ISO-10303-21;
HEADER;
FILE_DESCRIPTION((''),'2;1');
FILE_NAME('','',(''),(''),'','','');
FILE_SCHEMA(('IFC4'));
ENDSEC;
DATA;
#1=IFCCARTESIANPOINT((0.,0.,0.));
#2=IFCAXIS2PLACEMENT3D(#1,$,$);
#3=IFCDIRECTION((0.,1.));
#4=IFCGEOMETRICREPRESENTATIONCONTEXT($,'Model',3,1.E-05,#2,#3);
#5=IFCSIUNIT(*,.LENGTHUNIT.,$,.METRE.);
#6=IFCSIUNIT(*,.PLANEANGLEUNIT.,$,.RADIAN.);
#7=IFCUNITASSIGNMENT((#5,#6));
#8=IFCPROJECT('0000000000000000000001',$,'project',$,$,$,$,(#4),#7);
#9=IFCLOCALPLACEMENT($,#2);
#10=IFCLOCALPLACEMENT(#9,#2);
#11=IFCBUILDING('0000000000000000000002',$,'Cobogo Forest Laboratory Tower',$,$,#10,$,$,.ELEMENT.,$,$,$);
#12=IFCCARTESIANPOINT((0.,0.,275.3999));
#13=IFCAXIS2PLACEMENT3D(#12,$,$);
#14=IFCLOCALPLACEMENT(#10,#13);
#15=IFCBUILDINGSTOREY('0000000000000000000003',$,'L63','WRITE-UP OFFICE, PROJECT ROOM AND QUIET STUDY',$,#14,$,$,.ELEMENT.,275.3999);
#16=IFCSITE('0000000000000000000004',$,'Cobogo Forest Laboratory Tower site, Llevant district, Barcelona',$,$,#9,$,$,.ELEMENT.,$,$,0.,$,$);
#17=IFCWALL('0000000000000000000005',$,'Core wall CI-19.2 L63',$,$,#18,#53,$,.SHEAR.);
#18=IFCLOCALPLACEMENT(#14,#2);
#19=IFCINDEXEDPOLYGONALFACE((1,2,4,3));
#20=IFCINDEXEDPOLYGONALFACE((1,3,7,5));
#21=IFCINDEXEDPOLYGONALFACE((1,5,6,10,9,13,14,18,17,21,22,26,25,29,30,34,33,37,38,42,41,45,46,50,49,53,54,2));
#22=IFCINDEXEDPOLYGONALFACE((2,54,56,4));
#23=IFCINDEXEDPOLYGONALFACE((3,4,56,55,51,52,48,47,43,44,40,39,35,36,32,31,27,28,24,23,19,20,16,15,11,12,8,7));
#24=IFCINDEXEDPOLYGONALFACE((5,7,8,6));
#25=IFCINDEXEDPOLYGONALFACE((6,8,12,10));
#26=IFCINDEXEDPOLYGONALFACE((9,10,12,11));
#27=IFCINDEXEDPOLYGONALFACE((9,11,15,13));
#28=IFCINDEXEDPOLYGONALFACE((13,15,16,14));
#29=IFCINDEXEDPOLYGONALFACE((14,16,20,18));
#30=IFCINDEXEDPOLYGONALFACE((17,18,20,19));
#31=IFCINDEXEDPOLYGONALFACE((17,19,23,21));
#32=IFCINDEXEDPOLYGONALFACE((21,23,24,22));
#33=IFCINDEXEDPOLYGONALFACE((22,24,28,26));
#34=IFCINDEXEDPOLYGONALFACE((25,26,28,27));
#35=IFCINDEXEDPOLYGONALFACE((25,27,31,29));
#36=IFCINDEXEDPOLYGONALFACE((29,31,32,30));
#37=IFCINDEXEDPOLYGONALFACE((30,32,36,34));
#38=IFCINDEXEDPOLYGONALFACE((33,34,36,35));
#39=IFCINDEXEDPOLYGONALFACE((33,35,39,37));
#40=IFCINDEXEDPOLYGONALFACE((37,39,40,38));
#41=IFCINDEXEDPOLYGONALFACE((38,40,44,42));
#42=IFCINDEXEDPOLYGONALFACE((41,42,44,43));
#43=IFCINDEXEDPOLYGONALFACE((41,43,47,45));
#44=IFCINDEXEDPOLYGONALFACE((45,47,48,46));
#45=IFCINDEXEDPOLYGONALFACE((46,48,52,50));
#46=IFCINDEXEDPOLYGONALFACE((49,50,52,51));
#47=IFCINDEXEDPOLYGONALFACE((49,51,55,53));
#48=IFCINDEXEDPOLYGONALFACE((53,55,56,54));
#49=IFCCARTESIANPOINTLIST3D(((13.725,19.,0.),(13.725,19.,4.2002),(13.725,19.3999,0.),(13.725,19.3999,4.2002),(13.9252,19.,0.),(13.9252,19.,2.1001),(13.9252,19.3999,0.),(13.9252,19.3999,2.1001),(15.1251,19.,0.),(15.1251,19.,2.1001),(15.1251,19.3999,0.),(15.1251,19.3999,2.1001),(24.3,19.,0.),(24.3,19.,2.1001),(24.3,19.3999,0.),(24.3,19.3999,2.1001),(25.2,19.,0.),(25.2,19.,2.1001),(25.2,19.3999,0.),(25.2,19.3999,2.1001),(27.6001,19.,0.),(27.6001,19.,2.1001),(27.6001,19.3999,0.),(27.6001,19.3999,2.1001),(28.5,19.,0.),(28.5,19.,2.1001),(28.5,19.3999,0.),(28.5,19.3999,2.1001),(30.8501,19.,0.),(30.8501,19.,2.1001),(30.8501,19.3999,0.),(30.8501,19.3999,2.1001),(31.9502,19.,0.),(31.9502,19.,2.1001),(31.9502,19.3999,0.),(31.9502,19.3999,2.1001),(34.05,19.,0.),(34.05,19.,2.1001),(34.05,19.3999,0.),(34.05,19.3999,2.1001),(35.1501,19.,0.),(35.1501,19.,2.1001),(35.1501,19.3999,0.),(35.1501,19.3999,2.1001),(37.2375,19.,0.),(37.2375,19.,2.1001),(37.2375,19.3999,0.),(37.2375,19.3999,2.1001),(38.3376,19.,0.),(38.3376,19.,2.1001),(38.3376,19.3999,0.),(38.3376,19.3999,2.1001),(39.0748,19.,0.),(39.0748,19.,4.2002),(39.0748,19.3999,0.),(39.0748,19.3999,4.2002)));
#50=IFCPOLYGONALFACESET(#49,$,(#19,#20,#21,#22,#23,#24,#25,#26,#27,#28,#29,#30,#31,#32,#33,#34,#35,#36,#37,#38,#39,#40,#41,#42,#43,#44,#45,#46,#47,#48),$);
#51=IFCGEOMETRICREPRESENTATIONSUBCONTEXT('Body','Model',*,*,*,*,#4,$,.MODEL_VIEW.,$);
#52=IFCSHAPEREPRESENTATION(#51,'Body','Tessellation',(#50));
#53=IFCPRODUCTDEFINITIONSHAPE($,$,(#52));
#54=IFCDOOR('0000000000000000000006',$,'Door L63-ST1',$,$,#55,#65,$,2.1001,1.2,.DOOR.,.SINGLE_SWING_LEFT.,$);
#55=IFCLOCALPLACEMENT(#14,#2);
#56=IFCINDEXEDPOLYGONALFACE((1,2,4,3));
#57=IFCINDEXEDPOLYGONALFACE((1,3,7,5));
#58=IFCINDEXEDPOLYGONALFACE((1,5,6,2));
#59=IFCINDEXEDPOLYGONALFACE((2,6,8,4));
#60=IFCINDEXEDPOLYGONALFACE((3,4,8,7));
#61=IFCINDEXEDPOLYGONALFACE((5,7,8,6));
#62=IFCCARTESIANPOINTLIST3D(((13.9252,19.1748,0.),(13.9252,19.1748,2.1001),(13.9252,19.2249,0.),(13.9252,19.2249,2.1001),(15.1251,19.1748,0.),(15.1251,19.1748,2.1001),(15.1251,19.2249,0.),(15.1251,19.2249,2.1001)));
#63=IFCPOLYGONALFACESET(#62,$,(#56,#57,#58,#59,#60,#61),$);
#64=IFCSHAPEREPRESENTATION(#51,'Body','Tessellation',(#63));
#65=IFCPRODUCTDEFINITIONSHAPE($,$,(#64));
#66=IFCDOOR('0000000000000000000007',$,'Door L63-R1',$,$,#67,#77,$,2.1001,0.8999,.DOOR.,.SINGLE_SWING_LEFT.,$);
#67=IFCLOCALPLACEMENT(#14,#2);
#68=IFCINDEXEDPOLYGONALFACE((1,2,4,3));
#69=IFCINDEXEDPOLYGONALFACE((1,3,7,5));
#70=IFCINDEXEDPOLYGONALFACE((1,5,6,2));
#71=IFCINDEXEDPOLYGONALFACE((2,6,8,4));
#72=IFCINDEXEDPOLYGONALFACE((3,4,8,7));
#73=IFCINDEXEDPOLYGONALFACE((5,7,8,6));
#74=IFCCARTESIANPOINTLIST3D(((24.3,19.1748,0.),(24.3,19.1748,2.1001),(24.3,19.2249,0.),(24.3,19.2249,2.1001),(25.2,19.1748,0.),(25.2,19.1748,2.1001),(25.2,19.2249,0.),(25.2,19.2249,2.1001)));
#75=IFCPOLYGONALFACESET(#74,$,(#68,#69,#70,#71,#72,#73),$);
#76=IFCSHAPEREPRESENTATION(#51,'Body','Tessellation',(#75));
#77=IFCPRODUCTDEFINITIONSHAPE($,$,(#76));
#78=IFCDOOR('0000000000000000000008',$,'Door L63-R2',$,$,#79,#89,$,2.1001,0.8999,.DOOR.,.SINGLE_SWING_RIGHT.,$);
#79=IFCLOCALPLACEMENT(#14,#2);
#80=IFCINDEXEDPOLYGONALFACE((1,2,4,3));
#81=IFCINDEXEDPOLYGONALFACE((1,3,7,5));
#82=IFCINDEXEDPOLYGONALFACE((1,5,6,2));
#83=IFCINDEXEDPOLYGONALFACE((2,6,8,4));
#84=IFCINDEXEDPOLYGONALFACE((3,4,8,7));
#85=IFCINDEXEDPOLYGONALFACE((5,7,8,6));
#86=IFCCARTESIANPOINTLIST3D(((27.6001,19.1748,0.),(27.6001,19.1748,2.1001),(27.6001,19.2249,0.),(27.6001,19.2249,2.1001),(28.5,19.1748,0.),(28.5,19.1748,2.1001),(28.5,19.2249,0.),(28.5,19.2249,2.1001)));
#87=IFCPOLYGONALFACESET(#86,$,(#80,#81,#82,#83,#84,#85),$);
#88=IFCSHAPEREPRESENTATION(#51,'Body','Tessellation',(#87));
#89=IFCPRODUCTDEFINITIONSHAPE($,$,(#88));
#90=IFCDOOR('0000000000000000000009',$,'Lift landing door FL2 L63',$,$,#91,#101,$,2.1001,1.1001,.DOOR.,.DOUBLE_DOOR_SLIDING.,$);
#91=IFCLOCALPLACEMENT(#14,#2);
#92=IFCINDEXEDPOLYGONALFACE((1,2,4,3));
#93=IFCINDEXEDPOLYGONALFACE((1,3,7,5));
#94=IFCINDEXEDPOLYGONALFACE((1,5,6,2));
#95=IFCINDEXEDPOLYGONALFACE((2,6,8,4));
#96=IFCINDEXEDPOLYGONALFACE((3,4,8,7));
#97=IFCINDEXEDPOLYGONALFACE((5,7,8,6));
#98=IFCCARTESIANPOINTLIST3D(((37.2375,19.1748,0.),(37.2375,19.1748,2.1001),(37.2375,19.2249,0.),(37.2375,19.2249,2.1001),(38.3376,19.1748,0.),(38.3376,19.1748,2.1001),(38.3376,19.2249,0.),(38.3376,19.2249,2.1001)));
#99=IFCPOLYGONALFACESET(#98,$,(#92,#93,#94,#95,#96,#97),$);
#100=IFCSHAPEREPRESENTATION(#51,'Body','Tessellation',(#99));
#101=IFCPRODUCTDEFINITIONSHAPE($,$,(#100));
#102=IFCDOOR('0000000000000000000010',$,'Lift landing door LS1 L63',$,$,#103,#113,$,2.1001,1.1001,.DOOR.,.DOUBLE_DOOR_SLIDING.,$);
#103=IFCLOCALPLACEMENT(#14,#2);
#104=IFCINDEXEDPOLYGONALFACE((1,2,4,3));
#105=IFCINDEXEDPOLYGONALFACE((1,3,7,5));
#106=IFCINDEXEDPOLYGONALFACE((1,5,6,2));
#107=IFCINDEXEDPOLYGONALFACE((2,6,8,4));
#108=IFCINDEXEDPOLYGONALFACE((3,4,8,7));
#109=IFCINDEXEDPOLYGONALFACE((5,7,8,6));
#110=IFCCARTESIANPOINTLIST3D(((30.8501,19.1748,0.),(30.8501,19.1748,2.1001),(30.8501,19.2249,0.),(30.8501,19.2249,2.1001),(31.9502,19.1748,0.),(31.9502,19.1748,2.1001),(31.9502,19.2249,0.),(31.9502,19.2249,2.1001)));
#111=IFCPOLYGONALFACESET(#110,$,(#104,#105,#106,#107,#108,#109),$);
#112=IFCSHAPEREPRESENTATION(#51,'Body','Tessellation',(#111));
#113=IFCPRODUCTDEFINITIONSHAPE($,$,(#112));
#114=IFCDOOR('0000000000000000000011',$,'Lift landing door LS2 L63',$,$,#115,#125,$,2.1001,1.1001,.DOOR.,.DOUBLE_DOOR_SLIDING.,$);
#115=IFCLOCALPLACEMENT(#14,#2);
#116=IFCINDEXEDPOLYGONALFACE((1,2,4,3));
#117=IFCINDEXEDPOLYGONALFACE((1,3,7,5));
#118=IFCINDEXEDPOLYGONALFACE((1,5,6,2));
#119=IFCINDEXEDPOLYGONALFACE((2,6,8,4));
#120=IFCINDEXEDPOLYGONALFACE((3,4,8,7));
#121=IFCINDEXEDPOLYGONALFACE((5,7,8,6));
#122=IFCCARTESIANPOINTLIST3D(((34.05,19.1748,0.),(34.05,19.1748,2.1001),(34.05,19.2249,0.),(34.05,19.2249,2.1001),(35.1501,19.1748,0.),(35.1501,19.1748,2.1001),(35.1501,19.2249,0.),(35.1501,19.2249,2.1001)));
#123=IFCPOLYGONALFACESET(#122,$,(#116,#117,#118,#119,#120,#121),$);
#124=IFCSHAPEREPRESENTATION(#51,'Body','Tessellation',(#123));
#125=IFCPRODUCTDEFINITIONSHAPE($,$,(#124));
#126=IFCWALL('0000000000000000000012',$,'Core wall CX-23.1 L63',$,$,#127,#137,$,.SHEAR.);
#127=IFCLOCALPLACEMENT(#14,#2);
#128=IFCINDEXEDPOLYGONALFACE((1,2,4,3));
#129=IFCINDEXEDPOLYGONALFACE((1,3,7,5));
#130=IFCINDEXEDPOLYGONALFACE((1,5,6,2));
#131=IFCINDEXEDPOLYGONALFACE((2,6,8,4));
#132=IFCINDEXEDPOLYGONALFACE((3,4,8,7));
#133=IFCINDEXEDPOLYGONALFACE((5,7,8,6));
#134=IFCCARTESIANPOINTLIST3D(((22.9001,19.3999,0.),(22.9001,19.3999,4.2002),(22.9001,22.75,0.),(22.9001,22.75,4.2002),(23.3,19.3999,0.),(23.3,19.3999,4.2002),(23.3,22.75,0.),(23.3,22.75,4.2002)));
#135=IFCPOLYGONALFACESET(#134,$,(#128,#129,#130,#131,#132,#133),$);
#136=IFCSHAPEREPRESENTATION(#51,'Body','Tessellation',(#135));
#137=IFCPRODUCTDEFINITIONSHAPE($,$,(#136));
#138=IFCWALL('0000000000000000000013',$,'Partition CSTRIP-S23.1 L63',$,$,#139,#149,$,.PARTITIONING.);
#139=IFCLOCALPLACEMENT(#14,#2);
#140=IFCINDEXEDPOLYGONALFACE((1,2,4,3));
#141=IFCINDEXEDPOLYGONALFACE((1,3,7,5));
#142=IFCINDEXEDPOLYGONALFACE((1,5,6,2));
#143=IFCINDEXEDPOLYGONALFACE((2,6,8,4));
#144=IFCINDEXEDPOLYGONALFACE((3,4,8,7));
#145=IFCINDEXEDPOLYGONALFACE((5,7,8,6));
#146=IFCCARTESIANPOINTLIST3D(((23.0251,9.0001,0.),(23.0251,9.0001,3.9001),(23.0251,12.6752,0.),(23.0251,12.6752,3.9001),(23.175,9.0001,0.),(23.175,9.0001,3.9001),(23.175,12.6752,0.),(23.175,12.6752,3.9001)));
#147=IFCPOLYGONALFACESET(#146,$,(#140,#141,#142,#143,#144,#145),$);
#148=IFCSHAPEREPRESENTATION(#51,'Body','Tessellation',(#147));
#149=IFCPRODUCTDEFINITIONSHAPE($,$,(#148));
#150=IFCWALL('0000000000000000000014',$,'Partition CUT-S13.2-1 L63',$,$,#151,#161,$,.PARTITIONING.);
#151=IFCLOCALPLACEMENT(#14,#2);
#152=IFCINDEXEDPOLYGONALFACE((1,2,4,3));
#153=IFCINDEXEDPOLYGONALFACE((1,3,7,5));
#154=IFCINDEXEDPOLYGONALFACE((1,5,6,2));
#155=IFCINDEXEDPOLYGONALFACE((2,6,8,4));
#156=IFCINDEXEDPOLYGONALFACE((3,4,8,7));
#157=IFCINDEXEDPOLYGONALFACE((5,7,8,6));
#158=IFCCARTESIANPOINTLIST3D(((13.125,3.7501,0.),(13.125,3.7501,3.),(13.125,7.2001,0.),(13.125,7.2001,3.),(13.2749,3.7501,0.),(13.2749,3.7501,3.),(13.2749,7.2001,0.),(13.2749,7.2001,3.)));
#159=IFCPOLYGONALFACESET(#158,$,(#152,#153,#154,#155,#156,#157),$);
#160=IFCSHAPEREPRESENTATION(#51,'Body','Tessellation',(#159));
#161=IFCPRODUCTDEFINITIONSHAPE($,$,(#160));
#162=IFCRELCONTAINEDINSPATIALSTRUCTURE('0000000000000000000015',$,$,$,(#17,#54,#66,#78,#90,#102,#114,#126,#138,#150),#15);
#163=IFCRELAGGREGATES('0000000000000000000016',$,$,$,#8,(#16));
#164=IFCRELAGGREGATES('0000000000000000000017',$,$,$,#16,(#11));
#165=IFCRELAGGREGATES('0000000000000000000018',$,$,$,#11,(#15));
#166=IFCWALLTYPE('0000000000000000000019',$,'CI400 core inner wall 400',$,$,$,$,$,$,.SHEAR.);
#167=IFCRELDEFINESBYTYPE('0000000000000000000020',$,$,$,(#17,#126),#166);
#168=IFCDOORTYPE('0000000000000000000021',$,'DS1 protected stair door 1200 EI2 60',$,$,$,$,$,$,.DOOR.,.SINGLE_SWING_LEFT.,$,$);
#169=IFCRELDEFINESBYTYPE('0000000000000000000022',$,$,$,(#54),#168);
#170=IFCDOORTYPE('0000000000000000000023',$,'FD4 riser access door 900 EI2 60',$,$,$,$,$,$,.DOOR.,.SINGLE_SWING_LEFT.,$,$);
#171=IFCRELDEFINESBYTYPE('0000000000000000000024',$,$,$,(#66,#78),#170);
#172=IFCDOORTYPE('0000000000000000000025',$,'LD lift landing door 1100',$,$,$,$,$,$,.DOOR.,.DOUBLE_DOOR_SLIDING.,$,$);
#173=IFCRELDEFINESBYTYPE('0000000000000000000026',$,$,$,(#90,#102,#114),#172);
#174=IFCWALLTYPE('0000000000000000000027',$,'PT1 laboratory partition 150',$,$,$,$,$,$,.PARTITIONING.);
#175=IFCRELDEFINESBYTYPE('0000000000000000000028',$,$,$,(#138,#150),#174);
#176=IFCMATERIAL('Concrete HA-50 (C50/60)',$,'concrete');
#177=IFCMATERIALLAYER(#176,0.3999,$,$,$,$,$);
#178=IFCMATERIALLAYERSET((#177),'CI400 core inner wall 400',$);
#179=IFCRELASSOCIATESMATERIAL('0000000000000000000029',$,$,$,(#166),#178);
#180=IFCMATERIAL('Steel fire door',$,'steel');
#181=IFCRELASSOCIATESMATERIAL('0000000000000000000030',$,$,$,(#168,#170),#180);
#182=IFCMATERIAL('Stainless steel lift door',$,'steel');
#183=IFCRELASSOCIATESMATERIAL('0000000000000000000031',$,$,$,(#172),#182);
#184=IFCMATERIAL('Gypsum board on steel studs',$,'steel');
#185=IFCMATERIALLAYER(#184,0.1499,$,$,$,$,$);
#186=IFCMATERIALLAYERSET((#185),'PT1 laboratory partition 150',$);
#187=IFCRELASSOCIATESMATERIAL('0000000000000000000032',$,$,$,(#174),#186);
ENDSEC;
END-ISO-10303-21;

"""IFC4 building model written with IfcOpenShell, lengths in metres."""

from ifc_helpers import new_model, si_unit, direction, frame, frame_2d, origin, place, context, subcontext, project, spatial, rectangle, extrude, material, layer, layer_set, type_object, element, fill, save


model = new_model("IFC4")

# Units and contexts
model_context = context("Model", 3, precision=1e-05, world=origin(), true_north=direction((0.0, 1.0)))
body_context = subcontext(model_context, "Body", "Model", "MODEL_VIEW")
ifc_project = project(units=[si_unit("LENGTHUNIT", "METRE"), si_unit("PLANEANGLEUNIT", "RADIAN")], contexts=[model_context])

# Site, building, storey
site_placement = place(None, origin())
site = spatial("IfcSite", under=ifc_project, at=site_placement, Name="Cobogo Forest Laboratory Tower site, Llevant district, Barcelona", CompositionType="ELEMENT", RefElevation=0.0)
building_placement = place(site_placement, origin())
building = spatial("IfcBuilding", under=site, at=building_placement, Name="Cobogo Forest Laboratory Tower", CompositionType="ELEMENT")
storey_placement = place(building_placement, frame((0.0, 0.0, 275.3999)))
storey = spatial("IfcBuildingStorey", under=building, at=storey_placement, Name="L63", Description="WRITE-UP OFFICE, PROJECT ROOM AND QUIET STUDY", CompositionType="ELEMENT", Elevation=275.3999)

# Shared definitions
ifc_material_1 = material(Name="Concrete HA-50 (C50/60)", Category="concrete")

# Wall, openings, doors
ifc_layer_1 = layer(ifc_material_1, 0.3999)
ifc_layer_set_1 = layer_set([ifc_layer_1], Name="CI400 core inner wall 400")
wall_type_1 = type_object("IfcWallType", Name="CI400 core inner wall 400", PredefinedType="SHEAR", material=ifc_layer_set_1)
ifc_material_2 = material(Name="Steel fire door", Category="steel")
wall_1_placement = place(storey_placement, frame((13.7251, 19.2, 0.0), z_axis=(0.0, 0.0, 1.0), x_axis=(1.0, 0.0, 0.0)))
wall_1 = element("IfcWall", 1, at=wall_1_placement, inside=storey, type_object=wall_type_1, Name="Core wall CI-19.2 L63", PredefinedType="SHEAR", context=body_context, shape_type="SweptSolid", body=[
    extrude(rectangle(XDim=25.3499, YDim=0.3999, at=frame_2d((12.6748, 0.0))), origin(), (0.0, 0.0, 1.0), 4.2002),
])
opening_1_placement = place(wall_1_placement, frame((10.575, 0.0, 0.0)))
opening_1 = element("IfcOpeningElement", 2, at=opening_1_placement, cuts=wall_1, PredefinedType="OPENING", context=body_context, shape_type="SweptSolid", body=[
    extrude(rectangle(XDim=0.8999, YDim=2.1001, at=frame_2d((0.45, 1.05))), frame((0.0, 0.21, 0.0), z_axis=(0.0, -1.0, 0.0), x_axis=(1.0, 0.0, 0.0)), (0.0, 0.0, 1.0), 0.4199),
])
opening_2_placement = place(wall_1_placement, frame((13.875, 0.0, 0.0)))
opening_2 = element("IfcOpeningElement", 3, at=opening_2_placement, cuts=wall_1, PredefinedType="OPENING", context=body_context, shape_type="SweptSolid", body=[
    extrude(rectangle(XDim=0.8999, YDim=2.1001, at=frame_2d((0.45, 1.05))), frame((0.0, 0.21, 0.0), z_axis=(0.0, -1.0, 0.0), x_axis=(1.0, 0.0, 0.0)), (0.0, 0.0, 1.0), 0.4199),
])
opening_3_placement = place(wall_1_placement, frame((0.2, 0.0, 0.0)))
opening_3 = element("IfcOpeningElement", 4, at=opening_3_placement, cuts=wall_1, PredefinedType="OPENING", context=body_context, shape_type="SweptSolid", body=[
    extrude(rectangle(XDim=1.2, YDim=2.1001, at=frame_2d((0.6001, 1.05))), frame((0.0, 0.21, 0.0), z_axis=(0.0, -1.0, 0.0), x_axis=(1.0, 0.0, 0.0)), (0.0, 0.0, 1.0), 0.4199),
])
opening_4_placement = place(wall_1_placement, frame((23.5125, 0.0, 0.0)))
opening_4 = element("IfcOpeningElement", 5, at=opening_4_placement, cuts=wall_1, PredefinedType="OPENING", context=body_context, shape_type="SweptSolid", body=[
    extrude(rectangle(XDim=1.1001, YDim=2.1001, at=frame_2d((0.55, 1.05))), frame((0.0, 0.21, 0.0), z_axis=(0.0, -1.0, 0.0), x_axis=(1.0, 0.0, 0.0)), (0.0, 0.0, 1.0), 0.4199),
])
opening_5_placement = place(wall_1_placement, frame((17.125, 0.0, 0.0)))
opening_5 = element("IfcOpeningElement", 6, at=opening_5_placement, cuts=wall_1, PredefinedType="OPENING", context=body_context, shape_type="SweptSolid", body=[
    extrude(rectangle(XDim=1.1001, YDim=2.1001, at=frame_2d((0.55, 1.05))), frame((0.0, 0.21, 0.0), z_axis=(0.0, -1.0, 0.0), x_axis=(1.0, 0.0, 0.0)), (0.0, 0.0, 1.0), 0.4199),
])
opening_6_placement = place(wall_1_placement, frame((20.325, 0.0, 0.0)))
opening_6 = element("IfcOpeningElement", 7, at=opening_6_placement, cuts=wall_1, PredefinedType="OPENING", context=body_context, shape_type="SweptSolid", body=[
    extrude(rectangle(XDim=1.1001, YDim=2.1001, at=frame_2d((0.55, 1.05))), frame((0.0, 0.21, 0.0), z_axis=(0.0, -1.0, 0.0), x_axis=(1.0, 0.0, 0.0)), (0.0, 0.0, 1.0), 0.4199),
])
door_type_1 = type_object("IfcDoorType", Name="DS1 protected stair door 1200 EI2 60", OperationType="SINGLE_SWING_LEFT", PredefinedType="DOOR", material=ifc_material_2)
door_1_placement = place(opening_3_placement, origin())
door_1 = element("IfcDoor", 8, at=door_1_placement, inside=storey, type_object=door_type_1, Name="Door L63-ST1", OperationType="SINGLE_SWING_LEFT", OverallHeight=2.1001, OverallWidth=1.2, PredefinedType="DOOR", context=body_context, shape_type="SweptSolid", body=[
    extrude(rectangle(XDim=1.2, YDim=2.1001, at=frame_2d((0.6001, 1.05))), frame((0.0, 0.0249, 0.0), z_axis=(0.0, -1.0, 0.0), x_axis=(1.0, 0.0, 0.0)), (0.0, 0.0, 1.0), 0.05),
])
fill(opening_3, door_1)
door_type_2 = type_object("IfcDoorType", Name="FD4 riser access door 900 EI2 60", OperationType="SINGLE_SWING_LEFT", PredefinedType="DOOR", material=ifc_material_2)
door_2_placement = place(opening_1_placement, origin())
door_2 = element("IfcDoor", 9, at=door_2_placement, inside=storey, type_object=door_type_2, Name="Door L63-R1", OperationType="SINGLE_SWING_LEFT", OverallHeight=2.1001, OverallWidth=0.8999, PredefinedType="DOOR", context=body_context, shape_type="SweptSolid", body=[
    extrude(rectangle(XDim=0.8999, YDim=2.1001, at=frame_2d((0.45, 1.05))), frame((0.0, 0.0249, 0.0), z_axis=(0.0, -1.0, 0.0), x_axis=(1.0, 0.0, 0.0)), (0.0, 0.0, 1.0), 0.05),
])
fill(opening_1, door_2)
door_3_placement = place(opening_2_placement, origin())
door_3 = element("IfcDoor", 10, at=door_3_placement, inside=storey, type_object=door_type_2, Name="Door L63-R2", OperationType="SINGLE_SWING_RIGHT", OverallHeight=2.1001, OverallWidth=0.8999, PredefinedType="DOOR", context=body_context, shape_type="SweptSolid", body=[
    extrude(rectangle(XDim=0.8999, YDim=2.1001, at=frame_2d((0.45, 1.05))), frame((0.0, 0.0249, 0.0), z_axis=(0.0, -1.0, 0.0), x_axis=(1.0, 0.0, 0.0)), (0.0, 0.0, 1.0), 0.05),
])
fill(opening_2, door_3)
ifc_material_3 = material(Name="Stainless steel lift door", Category="steel")
door_type_3 = type_object("IfcDoorType", Name="LD lift landing door 1100", OperationType="DOUBLE_DOOR_SLIDING", PredefinedType="DOOR", material=ifc_material_3)
door_4_placement = place(opening_4_placement, origin())
door_4 = element("IfcDoor", 11, at=door_4_placement, inside=storey, type_object=door_type_3, Name="Lift landing door FL2 L63", OperationType="DOUBLE_DOOR_SLIDING", OverallHeight=2.1001, OverallWidth=1.1001, PredefinedType="DOOR", context=body_context, shape_type="SweptSolid", body=[
    extrude(rectangle(XDim=1.1001, YDim=2.1001, at=frame_2d((0.55, 1.05))), frame((0.0, 0.0249, 0.0), z_axis=(0.0, -1.0, 0.0), x_axis=(1.0, 0.0, 0.0)), (0.0, 0.0, 1.0), 0.05),
])
fill(opening_4, door_4)
door_5_placement = place(opening_5_placement, origin())
door_5 = element("IfcDoor", 12, at=door_5_placement, inside=storey, type_object=door_type_3, Name="Lift landing door LS1 L63", OperationType="DOUBLE_DOOR_SLIDING", OverallHeight=2.1001, OverallWidth=1.1001, PredefinedType="DOOR", context=body_context, shape_type="SweptSolid", body=[
    extrude(rectangle(XDim=1.1001, YDim=2.1001, at=frame_2d((0.55, 1.05))), frame((0.0, 0.0249, 0.0), z_axis=(0.0, -1.0, 0.0), x_axis=(1.0, 0.0, 0.0)), (0.0, 0.0, 1.0), 0.05),
])
fill(opening_5, door_5)
door_6_placement = place(opening_6_placement, origin())
door_6 = element("IfcDoor", 13, at=door_6_placement, inside=storey, type_object=door_type_3, Name="Lift landing door LS2 L63", OperationType="DOUBLE_DOOR_SLIDING", OverallHeight=2.1001, OverallWidth=1.1001, PredefinedType="DOOR", context=body_context, shape_type="SweptSolid", body=[
    extrude(rectangle(XDim=1.1001, YDim=2.1001, at=frame_2d((0.55, 1.05))), frame((0.0, 0.0249, 0.0), z_axis=(0.0, -1.0, 0.0), x_axis=(1.0, 0.0, 0.0)), (0.0, 0.0, 1.0), 0.05),
])
fill(opening_6, door_6)

# Walls
wall_2_placement = place(storey_placement, frame((23.1001, 19.3999, 0.0), z_axis=(0.0, 0.0, 1.0), x_axis=(0.0, 1.0, 0.0)))
element("IfcWall", 14, at=wall_2_placement, inside=storey, type_object=wall_type_1, Name="Core wall CX-23.1 L63", PredefinedType="SHEAR", context=body_context, shape_type="SweptSolid", body=[
    extrude(rectangle(XDim=3.3501, YDim=0.3999, at=frame_2d((1.675, 0.0))), origin(), (0.0, 0.0, 1.0), 4.2002),
])
ifc_material_4 = material(Name="Gypsum board on steel studs", Category="steel")
ifc_layer_2 = layer(ifc_material_4, 0.1499)
ifc_layer_set_2 = layer_set([ifc_layer_2], Name="PT1 laboratory partition 150")
wall_type_2 = type_object("IfcWallType", Name="PT1 laboratory partition 150", PredefinedType="PARTITIONING", material=ifc_layer_set_2)
wall_3_placement = place(storey_placement, frame((23.1001, 12.675, 0.0), z_axis=(0.0, 0.0, 1.0), x_axis=(0.0, -1.0, 0.0)))
element("IfcWall", 15, at=wall_3_placement, inside=storey, type_object=wall_type_2, Name="Partition CSTRIP-S23.1 L63", PredefinedType="PARTITIONING", context=body_context, shape_type="SweptSolid", body=[
    extrude(rectangle(XDim=3.675, YDim=0.1499, at=frame_2d((1.8374, 0.0))), origin(), (0.0, 0.0, 1.0), 3.9001),
])
wall_4_placement = place(storey_placement, frame((13.2, 3.75, 0.0), z_axis=(0.0, 0.0, 1.0), x_axis=(0.0, 1.0, 0.0)))
element("IfcWall", 16, at=wall_4_placement, inside=storey, type_object=wall_type_2, Name="Partition CUT-S13.2-1 L63", PredefinedType="PARTITIONING", context=body_context, shape_type="SweptSolid", body=[
    extrude(rectangle(XDim=3.45, YDim=0.1499, at=frame_2d((1.7251, 0.0))), origin(), (0.0, 0.0, 1.0), 3.0),
])

save(model, "model.ifc")
